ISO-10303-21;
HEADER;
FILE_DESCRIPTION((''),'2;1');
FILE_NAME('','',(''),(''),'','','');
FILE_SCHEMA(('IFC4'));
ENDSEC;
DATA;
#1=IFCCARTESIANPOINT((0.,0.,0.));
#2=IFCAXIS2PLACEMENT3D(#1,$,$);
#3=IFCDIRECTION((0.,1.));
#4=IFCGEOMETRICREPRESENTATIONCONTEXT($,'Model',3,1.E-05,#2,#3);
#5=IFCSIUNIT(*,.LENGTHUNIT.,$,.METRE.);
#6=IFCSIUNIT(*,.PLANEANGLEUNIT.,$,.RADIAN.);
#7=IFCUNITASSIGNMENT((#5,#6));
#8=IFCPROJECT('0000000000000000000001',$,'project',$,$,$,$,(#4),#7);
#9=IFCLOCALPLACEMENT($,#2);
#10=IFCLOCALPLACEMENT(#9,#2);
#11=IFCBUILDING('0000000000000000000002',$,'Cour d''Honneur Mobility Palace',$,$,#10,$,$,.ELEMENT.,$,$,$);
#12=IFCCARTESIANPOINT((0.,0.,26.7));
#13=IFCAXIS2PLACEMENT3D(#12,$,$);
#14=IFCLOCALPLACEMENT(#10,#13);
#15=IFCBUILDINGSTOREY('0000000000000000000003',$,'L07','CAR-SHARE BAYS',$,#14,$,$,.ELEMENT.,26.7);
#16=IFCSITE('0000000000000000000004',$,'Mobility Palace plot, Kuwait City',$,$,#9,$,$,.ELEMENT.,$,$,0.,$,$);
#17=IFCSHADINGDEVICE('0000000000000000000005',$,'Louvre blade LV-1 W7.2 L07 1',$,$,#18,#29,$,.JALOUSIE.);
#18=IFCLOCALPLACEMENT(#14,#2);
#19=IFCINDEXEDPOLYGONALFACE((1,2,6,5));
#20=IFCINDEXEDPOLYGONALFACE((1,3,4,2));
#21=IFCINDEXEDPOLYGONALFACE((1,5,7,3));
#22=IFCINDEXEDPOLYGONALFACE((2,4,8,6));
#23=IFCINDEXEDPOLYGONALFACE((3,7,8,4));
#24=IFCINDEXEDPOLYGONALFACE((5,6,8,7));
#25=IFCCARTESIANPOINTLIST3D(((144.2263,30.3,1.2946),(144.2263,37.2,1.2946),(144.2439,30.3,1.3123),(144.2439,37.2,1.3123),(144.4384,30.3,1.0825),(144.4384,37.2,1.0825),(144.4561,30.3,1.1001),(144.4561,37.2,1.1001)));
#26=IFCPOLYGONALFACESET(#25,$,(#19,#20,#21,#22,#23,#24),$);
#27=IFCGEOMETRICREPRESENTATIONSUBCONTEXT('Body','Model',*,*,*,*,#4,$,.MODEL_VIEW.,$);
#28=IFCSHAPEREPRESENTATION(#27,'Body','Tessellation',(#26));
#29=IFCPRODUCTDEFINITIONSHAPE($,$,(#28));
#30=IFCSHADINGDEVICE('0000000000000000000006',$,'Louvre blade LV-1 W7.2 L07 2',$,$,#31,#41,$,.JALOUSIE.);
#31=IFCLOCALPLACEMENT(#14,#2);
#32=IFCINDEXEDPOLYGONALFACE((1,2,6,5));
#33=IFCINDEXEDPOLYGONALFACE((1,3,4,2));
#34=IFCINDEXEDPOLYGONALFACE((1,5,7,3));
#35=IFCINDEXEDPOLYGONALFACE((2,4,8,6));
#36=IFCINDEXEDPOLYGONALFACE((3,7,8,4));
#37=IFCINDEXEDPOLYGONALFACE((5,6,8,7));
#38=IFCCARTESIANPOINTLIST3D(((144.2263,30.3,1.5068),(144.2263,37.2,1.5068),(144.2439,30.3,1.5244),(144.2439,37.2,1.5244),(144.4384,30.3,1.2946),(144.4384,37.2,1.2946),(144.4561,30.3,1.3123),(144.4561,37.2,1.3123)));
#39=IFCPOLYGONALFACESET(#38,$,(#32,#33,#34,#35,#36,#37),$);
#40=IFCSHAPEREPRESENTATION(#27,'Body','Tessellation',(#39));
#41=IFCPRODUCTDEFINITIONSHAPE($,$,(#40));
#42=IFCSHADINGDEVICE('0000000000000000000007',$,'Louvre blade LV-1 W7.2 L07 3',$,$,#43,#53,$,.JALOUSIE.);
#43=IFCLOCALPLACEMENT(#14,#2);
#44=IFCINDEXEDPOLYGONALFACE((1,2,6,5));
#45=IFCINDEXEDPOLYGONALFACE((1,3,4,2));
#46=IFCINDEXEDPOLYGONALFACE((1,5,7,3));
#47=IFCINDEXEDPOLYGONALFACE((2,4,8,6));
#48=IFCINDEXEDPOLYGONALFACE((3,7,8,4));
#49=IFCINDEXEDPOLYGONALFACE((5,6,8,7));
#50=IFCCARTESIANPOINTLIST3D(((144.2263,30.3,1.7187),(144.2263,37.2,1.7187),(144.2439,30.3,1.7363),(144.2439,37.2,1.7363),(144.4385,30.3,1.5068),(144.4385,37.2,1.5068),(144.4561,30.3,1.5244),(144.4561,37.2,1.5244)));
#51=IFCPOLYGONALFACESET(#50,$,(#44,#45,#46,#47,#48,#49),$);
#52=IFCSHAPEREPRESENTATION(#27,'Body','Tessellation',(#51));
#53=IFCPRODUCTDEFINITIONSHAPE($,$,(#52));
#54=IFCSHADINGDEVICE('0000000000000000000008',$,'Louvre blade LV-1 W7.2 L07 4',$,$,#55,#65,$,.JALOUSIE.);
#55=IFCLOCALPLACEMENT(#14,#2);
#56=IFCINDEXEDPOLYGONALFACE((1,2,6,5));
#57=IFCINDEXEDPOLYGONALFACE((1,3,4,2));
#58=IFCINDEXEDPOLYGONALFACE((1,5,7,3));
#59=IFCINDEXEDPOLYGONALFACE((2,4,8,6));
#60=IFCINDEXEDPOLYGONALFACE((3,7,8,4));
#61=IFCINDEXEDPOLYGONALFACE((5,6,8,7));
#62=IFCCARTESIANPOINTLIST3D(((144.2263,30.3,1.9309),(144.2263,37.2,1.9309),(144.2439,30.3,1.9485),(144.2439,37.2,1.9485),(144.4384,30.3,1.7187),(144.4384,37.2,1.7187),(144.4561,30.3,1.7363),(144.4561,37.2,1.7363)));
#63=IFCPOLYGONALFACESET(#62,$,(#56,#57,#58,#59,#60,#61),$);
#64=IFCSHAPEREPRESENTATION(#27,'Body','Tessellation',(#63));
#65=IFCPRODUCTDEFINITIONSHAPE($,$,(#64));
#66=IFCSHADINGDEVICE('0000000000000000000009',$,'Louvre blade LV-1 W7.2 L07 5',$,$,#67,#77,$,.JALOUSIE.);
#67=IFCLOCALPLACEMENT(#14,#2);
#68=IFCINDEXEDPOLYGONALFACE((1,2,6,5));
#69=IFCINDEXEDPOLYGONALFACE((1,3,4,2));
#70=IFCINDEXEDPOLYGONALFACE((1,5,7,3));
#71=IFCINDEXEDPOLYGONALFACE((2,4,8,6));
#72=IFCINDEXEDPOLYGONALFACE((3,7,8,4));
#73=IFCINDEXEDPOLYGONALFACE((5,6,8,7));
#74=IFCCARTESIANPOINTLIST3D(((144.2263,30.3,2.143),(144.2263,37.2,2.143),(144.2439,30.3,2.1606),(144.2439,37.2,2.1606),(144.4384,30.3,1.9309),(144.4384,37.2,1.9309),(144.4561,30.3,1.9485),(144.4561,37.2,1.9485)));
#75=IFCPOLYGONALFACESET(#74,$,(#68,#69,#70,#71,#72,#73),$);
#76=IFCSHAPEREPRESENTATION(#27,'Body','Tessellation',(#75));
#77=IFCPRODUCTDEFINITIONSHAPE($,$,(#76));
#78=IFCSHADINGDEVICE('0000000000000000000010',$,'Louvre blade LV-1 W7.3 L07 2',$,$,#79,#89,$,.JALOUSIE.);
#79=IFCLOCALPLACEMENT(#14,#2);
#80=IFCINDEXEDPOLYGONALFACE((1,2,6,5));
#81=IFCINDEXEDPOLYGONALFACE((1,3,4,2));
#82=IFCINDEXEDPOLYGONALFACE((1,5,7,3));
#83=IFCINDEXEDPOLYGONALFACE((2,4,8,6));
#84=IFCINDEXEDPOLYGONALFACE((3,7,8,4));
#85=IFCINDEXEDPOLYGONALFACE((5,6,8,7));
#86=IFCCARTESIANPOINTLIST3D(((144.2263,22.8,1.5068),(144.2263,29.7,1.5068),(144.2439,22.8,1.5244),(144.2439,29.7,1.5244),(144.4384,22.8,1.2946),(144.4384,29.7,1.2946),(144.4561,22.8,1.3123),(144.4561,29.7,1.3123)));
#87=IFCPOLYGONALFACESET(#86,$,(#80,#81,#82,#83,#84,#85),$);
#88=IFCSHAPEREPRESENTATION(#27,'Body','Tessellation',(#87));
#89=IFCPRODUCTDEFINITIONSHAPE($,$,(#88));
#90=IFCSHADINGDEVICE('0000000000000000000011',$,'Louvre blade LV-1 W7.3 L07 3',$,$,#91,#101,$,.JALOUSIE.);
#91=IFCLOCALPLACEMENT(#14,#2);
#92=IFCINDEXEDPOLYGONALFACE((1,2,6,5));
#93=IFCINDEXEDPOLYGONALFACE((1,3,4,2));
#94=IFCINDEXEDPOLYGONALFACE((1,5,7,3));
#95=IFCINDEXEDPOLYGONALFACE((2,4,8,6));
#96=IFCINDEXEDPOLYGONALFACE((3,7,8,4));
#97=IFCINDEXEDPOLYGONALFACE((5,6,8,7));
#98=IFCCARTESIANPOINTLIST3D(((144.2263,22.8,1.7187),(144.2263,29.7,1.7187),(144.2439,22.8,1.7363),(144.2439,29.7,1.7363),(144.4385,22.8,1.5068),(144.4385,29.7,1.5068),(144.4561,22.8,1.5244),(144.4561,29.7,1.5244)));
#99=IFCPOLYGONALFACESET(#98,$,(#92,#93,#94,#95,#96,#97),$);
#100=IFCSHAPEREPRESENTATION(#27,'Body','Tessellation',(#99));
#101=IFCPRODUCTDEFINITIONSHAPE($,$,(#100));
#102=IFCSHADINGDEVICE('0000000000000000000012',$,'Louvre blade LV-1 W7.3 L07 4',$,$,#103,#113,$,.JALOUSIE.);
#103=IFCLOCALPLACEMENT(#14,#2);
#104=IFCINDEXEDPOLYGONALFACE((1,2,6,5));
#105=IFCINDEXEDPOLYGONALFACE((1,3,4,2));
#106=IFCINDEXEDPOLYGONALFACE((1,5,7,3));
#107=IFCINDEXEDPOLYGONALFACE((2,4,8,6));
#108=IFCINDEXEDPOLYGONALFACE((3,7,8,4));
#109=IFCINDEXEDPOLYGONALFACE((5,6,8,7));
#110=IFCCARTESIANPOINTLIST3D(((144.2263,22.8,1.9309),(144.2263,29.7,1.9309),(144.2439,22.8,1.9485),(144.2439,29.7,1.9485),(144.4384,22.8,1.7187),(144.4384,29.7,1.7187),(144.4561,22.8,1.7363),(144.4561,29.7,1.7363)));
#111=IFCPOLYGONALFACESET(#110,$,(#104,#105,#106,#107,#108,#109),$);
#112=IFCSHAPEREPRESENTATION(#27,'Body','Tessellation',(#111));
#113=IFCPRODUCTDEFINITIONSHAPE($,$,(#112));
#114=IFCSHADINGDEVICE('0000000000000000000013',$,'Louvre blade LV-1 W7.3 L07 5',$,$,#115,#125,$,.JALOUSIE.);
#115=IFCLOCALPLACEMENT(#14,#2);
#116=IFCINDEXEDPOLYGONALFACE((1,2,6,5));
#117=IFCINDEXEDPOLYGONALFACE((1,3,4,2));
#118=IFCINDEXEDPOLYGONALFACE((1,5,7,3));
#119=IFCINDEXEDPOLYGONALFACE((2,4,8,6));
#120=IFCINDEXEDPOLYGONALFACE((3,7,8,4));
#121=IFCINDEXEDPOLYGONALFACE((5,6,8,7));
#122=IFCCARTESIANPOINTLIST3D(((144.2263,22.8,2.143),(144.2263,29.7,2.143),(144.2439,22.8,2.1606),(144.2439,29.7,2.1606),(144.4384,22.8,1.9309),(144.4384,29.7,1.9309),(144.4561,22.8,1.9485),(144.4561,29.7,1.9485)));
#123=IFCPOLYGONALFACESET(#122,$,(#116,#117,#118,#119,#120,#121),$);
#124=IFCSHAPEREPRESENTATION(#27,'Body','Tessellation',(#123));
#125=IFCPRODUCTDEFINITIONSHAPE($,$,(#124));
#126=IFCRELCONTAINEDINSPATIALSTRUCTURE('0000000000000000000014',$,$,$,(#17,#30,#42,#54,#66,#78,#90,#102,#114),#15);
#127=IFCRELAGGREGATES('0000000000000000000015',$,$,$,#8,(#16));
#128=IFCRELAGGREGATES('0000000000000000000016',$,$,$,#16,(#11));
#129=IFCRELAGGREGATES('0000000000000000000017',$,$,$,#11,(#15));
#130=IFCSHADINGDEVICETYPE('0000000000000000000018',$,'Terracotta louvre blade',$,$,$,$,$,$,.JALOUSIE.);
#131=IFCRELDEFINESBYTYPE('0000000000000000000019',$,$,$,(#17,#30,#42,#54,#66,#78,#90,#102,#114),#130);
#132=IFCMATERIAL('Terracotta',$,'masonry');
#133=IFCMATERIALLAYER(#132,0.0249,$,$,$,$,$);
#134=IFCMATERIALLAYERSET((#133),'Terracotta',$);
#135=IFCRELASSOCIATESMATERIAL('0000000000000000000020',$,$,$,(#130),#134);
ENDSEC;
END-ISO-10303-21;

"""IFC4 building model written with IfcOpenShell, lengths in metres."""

from ifc_helpers import new_model, si_unit, direction, frame, origin, place, context, subcontext, project, spatial, polyline, outline, extrude, material, layer, layer_set, type_object, element, save


model = new_model("IFC4")

# Units and contexts
model_context = context("Model", 3, precision=1e-05, world=origin(), true_north=direction((0.0, 1.0)))
body_context = subcontext(model_context, "Body", "Model", "MODEL_VIEW")
ifc_project = project(units=[si_unit("LENGTHUNIT", "METRE"), si_unit("PLANEANGLEUNIT", "RADIAN")], contexts=[model_context])

# Site, building, storey
site_placement = place(None, origin())
site = spatial("IfcSite", under=ifc_project, at=site_placement, Name="Mobility Palace plot, Kuwait City", CompositionType="ELEMENT", RefElevation=0.0)
building_placement = place(site_placement, origin())
building = spatial("IfcBuilding", under=site, at=building_placement, Name="Cour d'Honneur Mobility Palace", CompositionType="ELEMENT")
storey_placement = place(building_placement, frame((0.0, 0.0, 26.7)))
storey = spatial("IfcBuildingStorey", under=building, at=storey_placement, Name="L07", Description="CAR-SHARE BAYS", CompositionType="ELEMENT", Elevation=26.7)

# Shading devices
ifc_material_1 = material(Name="Terracotta", Category="masonry")
ifc_layer_1 = layer(ifc_material_1, 0.0249)
ifc_layer_set_1 = layer_set([ifc_layer_1], Name="Terracotta")
shading_device_type = type_object("IfcShadingDeviceType", Name="Terracotta louvre blade", PredefinedType="JALOUSIE", material=ifc_layer_set_1)
for number, where, z_axis, x_axis, name in (
    (1, (144.4561, 37.2, 1.1001), (0.707107, 0.0, 0.707107), (0.0, -1.0, 0.0), "Louvre blade LV-1 W7.2 L07 1"),
    (2, (144.4561, 37.2, 1.3123), (0.707107, 0.0, 0.707107), (0.0, -1.0, 0.0), "Louvre blade LV-1 W7.2 L07 2"),
):
    element("IfcShadingDevice", number, at=place(storey_placement, frame(where, z_axis=z_axis, x_axis=x_axis)), inside=storey, type_object=shading_device_type, Name=name, PredefinedType="JALOUSIE", context=body_context, shape_type="SweptSolid", body=[
        extrude(outline(polyline([(0.0, 0.0), (6.8999, 0.0), (6.8999, -0.3), (0.0, -0.3), (0.0, 0.0)])), origin(), (0.0, 0.0, -1.0), 0.0249),
    ])
shading_device_1_placement = place(storey_placement, frame((144.4561, 37.2, 1.5244), z_axis=(0.7067, 0.0, 0.707514), x_axis=(0.0, -1.0, 0.0)))
element("IfcShadingDevice", 3, at=shading_device_1_placement, inside=storey, type_object=shading_device_type, Name="Louvre blade LV-1 W7.2 L07 3", PredefinedType="JALOUSIE", context=body_context, shape_type="SweptSolid", body=[
    extrude(outline(polyline([(0.0, 0.0), (6.8999, 0.0), (6.8999, -0.2999), (0.0, -0.2999), (0.0, 0.0)])), origin(), (0.0, 0.0, -1.0), 0.0249),
])
for number, where, z_axis, x_axis, name in (
    (4, (144.4561, 37.2, 1.7363), (0.707107, 0.0, 0.707107), (0.0, -1.0, 0.0), "Louvre blade LV-1 W7.2 L07 4"),
    (5, (144.4561, 37.2, 1.9485), (0.707107, 0.0, 0.707107), (0.0, -1.0, 0.0), "Louvre blade LV-1 W7.2 L07 5"),
    (6, (144.4561, 29.7, 1.3123), (0.707107, 0.0, 0.707107), (0.0, -1.0, 0.0), "Louvre blade LV-1 W7.3 L07 2"),
):
    element("IfcShadingDevice", number, at=place(storey_placement, frame(where, z_axis=z_axis, x_axis=x_axis)), inside=storey, type_object=shading_device_type, Name=name, PredefinedType="JALOUSIE", context=body_context, shape_type="SweptSolid", body=[
        extrude(outline(polyline([(0.0, 0.0), (6.8999, 0.0), (6.8999, -0.3), (0.0, -0.3), (0.0, 0.0)])), origin(), (0.0, 0.0, -1.0), 0.0249),
    ])
shading_device_2_placement = place(storey_placement, frame((144.4561, 29.7, 1.5244), z_axis=(0.7067, 0.0, 0.707514), x_axis=(0.0, -1.0, 0.0)))
element("IfcShadingDevice", 7, at=shading_device_2_placement, inside=storey, type_object=shading_device_type, Name="Louvre blade LV-1 W7.3 L07 3", PredefinedType="JALOUSIE", context=body_context, shape_type="SweptSolid", body=[
    extrude(outline(polyline([(0.0, 0.0), (6.8999, 0.0), (6.8999, -0.2999), (0.0, -0.2999), (0.0, 0.0)])), origin(), (0.0, 0.0, -1.0), 0.0249),
])
for number, where, z_axis, x_axis, name in (
    (8, (144.4561, 29.7, 1.7363), (0.707107, 0.0, 0.707107), (0.0, -1.0, 0.0), "Louvre blade LV-1 W7.3 L07 4"),
    (9, (144.4561, 29.7, 1.9485), (0.707107, 0.0, 0.707107), (0.0, -1.0, 0.0), "Louvre blade LV-1 W7.3 L07 5"),
):
    element("IfcShadingDevice", number, at=place(storey_placement, frame(where, z_axis=z_axis, x_axis=x_axis)), inside=storey, type_object=shading_device_type, Name=name, PredefinedType="JALOUSIE", context=body_context, shape_type="SweptSolid", body=[
        extrude(outline(polyline([(0.0, 0.0), (6.8999, 0.0), (6.8999, -0.3), (0.0, -0.3), (0.0, 0.0)])), origin(), (0.0, 0.0, -1.0), 0.0249),
    ])

save(model, "model.ifc")
